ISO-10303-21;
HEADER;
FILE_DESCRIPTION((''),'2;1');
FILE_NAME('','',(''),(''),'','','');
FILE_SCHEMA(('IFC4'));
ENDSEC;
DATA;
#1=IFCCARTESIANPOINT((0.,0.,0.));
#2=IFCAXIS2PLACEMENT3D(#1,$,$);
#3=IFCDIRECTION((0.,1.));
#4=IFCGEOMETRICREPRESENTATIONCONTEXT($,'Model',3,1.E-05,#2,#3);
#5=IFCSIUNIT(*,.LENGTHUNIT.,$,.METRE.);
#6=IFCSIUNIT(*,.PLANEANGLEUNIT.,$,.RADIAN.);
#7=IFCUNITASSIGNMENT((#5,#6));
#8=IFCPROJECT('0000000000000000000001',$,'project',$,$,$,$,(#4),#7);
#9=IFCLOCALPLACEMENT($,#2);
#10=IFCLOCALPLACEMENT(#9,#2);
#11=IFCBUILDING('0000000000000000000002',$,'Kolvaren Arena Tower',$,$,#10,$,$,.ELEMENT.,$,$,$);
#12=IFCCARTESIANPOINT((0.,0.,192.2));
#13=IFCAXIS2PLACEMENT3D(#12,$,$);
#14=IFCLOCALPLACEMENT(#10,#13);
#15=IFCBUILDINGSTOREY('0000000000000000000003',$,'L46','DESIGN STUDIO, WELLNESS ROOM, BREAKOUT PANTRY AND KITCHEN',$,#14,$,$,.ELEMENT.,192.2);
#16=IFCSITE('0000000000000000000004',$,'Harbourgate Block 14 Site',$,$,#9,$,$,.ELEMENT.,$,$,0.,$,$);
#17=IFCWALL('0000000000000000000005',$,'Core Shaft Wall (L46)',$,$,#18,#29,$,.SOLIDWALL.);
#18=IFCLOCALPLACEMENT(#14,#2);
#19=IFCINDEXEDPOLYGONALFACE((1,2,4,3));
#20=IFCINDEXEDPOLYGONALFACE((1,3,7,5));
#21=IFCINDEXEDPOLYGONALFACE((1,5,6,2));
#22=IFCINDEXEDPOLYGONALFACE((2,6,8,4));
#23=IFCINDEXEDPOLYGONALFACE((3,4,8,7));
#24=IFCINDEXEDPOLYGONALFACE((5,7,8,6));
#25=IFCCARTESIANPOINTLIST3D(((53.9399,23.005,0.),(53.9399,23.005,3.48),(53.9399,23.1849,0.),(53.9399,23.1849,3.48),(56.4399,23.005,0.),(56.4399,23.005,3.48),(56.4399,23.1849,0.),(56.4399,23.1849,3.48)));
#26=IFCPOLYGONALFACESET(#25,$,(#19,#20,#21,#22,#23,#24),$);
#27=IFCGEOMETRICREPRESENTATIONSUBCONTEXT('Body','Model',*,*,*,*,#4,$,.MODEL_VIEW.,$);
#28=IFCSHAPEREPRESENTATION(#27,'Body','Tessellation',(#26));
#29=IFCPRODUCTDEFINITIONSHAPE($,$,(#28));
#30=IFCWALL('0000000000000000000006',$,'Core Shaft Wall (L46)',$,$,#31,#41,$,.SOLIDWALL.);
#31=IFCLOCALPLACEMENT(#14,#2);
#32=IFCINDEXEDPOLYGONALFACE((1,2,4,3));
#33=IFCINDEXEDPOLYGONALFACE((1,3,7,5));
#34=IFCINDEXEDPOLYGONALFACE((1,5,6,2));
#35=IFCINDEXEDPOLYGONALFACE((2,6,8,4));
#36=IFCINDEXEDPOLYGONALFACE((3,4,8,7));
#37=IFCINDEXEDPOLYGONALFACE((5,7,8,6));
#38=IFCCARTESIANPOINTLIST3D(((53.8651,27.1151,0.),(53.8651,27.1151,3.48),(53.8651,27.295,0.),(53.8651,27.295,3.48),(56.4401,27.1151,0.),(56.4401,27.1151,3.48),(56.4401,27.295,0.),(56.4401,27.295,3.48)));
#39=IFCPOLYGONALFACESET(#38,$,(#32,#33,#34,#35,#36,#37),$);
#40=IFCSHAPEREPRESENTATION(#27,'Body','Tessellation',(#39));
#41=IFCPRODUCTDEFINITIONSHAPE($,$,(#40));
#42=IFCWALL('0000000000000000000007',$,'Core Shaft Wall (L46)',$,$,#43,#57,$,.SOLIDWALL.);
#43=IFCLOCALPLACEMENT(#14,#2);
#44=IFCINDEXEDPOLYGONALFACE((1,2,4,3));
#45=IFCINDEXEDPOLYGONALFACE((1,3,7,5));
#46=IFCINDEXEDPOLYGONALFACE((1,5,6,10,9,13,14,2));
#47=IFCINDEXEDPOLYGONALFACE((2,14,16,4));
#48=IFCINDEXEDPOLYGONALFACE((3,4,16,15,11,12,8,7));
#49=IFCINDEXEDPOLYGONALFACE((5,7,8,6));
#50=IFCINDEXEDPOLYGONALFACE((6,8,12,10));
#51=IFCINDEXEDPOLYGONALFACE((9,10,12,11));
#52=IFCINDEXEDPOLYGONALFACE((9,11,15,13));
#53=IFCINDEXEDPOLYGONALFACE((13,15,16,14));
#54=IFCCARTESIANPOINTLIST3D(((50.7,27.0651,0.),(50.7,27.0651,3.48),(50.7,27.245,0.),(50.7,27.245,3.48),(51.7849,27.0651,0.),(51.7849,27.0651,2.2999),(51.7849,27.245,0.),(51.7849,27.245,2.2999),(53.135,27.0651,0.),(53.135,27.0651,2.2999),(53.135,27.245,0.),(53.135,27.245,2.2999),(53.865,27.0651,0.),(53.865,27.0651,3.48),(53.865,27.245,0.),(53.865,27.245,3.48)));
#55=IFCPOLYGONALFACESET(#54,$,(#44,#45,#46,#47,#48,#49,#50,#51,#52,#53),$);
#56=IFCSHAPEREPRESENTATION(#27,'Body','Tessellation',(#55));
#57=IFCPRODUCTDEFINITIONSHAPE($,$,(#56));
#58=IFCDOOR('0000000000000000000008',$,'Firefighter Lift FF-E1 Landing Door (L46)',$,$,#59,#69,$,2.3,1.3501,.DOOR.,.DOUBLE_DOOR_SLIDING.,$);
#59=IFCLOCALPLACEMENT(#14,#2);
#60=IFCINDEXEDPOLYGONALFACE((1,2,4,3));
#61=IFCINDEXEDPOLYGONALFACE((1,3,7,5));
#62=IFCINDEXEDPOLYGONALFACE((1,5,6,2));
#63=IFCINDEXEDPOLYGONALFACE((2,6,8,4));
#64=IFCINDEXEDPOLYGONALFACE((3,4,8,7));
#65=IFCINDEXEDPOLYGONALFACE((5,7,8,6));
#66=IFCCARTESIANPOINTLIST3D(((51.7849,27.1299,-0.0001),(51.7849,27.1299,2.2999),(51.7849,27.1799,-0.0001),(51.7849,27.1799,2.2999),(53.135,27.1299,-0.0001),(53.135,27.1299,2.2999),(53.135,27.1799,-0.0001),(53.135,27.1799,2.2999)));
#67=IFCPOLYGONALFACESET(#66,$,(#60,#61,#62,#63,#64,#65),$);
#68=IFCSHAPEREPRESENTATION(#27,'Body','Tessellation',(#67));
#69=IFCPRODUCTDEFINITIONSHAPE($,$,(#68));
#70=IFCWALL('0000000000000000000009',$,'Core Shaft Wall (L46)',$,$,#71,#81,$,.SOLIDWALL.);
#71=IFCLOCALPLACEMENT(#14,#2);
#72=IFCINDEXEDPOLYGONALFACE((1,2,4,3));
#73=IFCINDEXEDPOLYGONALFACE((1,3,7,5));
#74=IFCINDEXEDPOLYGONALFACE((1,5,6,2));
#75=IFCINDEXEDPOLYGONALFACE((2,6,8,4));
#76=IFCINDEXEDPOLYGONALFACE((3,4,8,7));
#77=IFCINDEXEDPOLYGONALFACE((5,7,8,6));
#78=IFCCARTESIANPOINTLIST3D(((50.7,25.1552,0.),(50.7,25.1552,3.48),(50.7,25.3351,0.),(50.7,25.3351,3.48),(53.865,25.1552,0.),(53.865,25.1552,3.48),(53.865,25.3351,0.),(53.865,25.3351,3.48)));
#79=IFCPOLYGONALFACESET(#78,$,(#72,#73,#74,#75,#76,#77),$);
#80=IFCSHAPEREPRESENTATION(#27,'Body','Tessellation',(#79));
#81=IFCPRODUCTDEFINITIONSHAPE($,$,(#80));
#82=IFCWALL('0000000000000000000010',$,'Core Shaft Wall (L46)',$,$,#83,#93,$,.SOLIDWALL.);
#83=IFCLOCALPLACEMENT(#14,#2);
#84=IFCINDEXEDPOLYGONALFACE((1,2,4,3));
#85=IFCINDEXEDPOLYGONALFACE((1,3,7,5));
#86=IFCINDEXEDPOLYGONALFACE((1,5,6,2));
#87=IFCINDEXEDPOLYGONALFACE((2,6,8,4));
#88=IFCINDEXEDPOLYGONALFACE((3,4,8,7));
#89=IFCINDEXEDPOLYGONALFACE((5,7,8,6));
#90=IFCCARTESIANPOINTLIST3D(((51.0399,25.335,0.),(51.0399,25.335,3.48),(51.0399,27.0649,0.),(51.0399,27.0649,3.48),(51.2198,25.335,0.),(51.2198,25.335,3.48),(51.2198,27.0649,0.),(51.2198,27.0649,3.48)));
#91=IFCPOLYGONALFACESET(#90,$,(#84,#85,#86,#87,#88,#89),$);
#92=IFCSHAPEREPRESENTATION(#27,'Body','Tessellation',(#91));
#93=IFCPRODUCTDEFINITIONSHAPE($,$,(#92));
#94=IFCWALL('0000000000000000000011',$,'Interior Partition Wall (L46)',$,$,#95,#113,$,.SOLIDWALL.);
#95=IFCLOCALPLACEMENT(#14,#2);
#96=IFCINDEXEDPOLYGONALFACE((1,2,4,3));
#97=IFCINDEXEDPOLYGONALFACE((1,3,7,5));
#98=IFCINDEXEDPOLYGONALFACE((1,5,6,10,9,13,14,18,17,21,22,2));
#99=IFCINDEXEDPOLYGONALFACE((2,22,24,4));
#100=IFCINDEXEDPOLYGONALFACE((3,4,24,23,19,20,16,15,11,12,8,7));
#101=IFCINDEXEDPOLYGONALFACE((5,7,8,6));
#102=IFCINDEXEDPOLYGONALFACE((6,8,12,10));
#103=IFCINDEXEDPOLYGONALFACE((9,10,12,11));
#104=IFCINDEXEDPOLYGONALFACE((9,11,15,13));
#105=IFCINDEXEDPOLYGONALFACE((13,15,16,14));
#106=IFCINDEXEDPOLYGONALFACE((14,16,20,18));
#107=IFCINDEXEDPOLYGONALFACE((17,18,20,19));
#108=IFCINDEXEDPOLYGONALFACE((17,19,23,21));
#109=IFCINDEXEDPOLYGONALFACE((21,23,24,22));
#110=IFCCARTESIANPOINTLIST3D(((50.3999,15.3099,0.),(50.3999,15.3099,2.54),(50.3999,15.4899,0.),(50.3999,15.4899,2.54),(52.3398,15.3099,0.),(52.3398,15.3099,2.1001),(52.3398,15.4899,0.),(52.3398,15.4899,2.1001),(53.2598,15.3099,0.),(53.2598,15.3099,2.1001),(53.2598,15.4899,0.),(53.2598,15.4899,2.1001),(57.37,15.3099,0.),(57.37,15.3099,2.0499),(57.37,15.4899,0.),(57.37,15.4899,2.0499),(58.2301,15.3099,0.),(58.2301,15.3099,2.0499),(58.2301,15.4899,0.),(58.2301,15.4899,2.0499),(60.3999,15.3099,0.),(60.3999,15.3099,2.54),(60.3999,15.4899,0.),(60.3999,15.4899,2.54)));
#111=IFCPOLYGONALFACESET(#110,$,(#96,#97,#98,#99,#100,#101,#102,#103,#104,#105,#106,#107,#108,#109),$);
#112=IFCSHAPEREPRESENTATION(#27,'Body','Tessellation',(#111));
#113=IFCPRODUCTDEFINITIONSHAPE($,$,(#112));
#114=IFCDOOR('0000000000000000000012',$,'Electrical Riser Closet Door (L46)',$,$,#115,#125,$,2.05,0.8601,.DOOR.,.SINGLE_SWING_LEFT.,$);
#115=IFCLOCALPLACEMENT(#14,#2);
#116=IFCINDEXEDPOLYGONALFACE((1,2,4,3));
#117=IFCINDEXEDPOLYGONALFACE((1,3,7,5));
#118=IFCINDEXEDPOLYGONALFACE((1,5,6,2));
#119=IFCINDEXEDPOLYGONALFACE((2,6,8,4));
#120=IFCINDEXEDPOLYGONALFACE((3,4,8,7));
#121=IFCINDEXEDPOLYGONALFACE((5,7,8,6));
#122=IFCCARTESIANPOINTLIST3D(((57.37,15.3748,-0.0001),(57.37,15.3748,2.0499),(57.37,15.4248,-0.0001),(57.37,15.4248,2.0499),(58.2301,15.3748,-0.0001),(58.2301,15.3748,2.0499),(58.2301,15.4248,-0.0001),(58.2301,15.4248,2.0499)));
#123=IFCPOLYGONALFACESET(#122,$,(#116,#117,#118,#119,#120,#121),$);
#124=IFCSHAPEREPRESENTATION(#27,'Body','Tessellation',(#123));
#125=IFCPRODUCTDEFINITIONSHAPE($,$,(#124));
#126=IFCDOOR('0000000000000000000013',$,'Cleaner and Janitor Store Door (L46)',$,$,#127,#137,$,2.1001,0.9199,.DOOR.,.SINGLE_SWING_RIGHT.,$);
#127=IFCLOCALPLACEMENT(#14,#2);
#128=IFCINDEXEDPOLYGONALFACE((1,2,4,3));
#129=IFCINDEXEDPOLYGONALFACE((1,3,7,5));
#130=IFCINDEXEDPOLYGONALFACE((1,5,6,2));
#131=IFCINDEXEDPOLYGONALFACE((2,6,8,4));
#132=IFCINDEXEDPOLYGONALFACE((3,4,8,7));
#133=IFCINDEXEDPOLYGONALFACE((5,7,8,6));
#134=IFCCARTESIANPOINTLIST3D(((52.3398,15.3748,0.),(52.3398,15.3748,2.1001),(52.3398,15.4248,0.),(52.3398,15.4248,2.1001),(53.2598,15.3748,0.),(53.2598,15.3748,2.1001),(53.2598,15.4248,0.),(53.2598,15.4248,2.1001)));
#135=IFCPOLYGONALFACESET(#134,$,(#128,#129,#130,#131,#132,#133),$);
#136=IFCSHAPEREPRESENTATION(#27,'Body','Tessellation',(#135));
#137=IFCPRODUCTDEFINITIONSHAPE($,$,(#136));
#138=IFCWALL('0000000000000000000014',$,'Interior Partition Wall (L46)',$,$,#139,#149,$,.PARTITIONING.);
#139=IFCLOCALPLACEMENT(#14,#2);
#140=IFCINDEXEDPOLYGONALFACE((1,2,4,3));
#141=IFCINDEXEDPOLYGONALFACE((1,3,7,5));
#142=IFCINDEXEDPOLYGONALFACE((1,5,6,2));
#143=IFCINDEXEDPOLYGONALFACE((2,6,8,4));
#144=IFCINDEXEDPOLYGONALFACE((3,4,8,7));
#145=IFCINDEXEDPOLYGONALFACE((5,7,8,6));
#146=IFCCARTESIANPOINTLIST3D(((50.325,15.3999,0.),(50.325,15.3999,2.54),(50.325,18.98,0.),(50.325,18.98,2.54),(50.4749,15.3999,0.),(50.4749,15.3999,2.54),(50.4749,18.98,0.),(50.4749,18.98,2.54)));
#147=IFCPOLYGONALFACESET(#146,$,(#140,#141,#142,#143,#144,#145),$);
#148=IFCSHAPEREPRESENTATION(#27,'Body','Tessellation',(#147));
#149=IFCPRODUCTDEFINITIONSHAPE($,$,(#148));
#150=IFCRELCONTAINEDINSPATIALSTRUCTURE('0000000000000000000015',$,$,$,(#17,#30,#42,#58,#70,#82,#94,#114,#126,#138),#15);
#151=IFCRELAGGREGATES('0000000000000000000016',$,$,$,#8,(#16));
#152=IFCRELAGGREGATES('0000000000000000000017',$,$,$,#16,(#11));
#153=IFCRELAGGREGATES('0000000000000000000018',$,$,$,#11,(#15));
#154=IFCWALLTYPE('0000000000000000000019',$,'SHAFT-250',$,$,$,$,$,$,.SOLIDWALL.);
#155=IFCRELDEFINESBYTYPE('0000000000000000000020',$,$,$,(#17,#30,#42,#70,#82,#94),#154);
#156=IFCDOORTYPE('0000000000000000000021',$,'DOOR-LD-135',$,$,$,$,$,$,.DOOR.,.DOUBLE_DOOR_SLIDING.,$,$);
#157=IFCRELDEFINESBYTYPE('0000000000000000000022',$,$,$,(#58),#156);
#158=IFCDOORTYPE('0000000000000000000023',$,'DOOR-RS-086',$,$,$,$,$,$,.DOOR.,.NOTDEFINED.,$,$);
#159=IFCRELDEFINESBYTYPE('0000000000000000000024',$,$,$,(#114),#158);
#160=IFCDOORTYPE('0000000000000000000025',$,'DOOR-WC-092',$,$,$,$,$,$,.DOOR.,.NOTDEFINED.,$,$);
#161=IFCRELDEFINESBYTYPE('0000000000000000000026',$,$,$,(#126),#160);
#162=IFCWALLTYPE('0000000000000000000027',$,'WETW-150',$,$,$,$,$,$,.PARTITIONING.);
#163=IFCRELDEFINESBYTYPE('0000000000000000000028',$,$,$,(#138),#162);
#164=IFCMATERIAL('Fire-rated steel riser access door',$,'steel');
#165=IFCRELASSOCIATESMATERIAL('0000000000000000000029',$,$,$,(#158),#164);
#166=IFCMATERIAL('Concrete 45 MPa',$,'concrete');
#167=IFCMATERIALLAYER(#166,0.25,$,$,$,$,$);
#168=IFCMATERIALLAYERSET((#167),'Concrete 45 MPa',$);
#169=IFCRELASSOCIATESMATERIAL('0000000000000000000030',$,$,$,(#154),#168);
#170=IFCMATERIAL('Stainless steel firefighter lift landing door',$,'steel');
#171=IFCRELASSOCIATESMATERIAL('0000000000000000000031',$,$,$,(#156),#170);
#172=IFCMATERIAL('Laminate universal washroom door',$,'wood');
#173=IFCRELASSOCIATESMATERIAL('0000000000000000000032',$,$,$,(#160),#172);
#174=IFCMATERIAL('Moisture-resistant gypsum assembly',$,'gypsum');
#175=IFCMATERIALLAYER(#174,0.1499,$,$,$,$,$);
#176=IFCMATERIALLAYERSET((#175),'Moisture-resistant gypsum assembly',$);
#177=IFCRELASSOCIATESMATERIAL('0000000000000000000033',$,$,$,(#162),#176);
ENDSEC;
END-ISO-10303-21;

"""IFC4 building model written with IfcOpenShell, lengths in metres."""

from ifc_helpers import new_model, si_unit, direction, frame, frame_2d, origin, place, context, subcontext, project, spatial, rectangle, extrude, material, layer, layer_set, type_object, element, fill, save


model = new_model("IFC4")

# Units and contexts
model_context = context("Model", 3, precision=1e-05, world=origin(), true_north=direction((0.0, 1.0)))
body_context = subcontext(model_context, "Body", "Model", "MODEL_VIEW")
ifc_project = project(units=[si_unit("LENGTHUNIT", "METRE"), si_unit("PLANEANGLEUNIT", "RADIAN")], contexts=[model_context])

# Site, building, storey
site_placement = place(None, origin())
site = spatial("IfcSite", under=ifc_project, at=site_placement, Name="Harbourgate Block 14 Site", CompositionType="ELEMENT", RefElevation=0.0)
building_placement = place(site_placement, origin())
building = spatial("IfcBuilding", under=site, at=building_placement, Name="Kolvaren Arena Tower", CompositionType="ELEMENT")
storey_placement = place(building_placement, frame((0.0, 0.0, 192.2)))
storey = spatial("IfcBuildingStorey", under=building, at=storey_placement, Name="L46", Description="DESIGN STUDIO, WELLNESS ROOM, BREAKOUT PANTRY AND KITCHEN", CompositionType="ELEMENT", Elevation=192.2)

# Shared definitions
ifc_material_1 = material(Name="Fire-rated steel riser access door", Category="steel")
door_type_1 = type_object("IfcDoorType", Name="DOOR-RS-086", OperationType="NOTDEFINED", PredefinedType="DOOR", material=ifc_material_1)

# Walls
ifc_material_2 = material(Name="Concrete 45 MPa", Category="concrete")
ifc_layer_1 = layer(ifc_material_2, 0.25)
ifc_layer_set_1 = layer_set([ifc_layer_1], Name="Concrete 45 MPa")
wall_type_1 = type_object("IfcWallType", Name="SHAFT-250", PredefinedType="SOLIDWALL", material=ifc_layer_set_1)
wall_1_placement = place(storey_placement, frame((53.9399, 23.095, 0.0), z_axis=(0.0, 0.0, 1.0), x_axis=(1.0, 0.0, 0.0)))
element("IfcWall", 1, at=wall_1_placement, inside=storey, type_object=wall_type_1, Name="Core Shaft Wall (L46)", PredefinedType="SOLIDWALL", context=body_context, shape_type="SweptSolid", body=[
    extrude(rectangle(XDim=2.5, YDim=0.1799, at=frame_2d((1.25, 0.0))), origin(), (0.0, 0.0, 1.0), 3.48),
])
wall_2_placement = place(storey_placement, frame((53.865, 27.2051, 0.0), z_axis=(0.0, 0.0, 1.0), x_axis=(1.0, 0.0, 0.0)))
element("IfcWall", 2, at=wall_2_placement, inside=storey, type_object=wall_type_1, Name="Core Shaft Wall (L46)", PredefinedType="SOLIDWALL", context=body_context, shape_type="SweptSolid", body=[
    extrude(rectangle(XDim=2.575, YDim=0.1799, at=frame_2d((1.2876, 0.0))), origin(), (0.0, 0.0, 1.0), 3.48),
])

# Wall, opening, door
wall_3_placement = place(storey_placement, frame((50.7, 27.155, 0.0), z_axis=(0.0, 0.0, 1.0), x_axis=(1.0, 0.0, 0.0)))
wall_3 = element("IfcWall", 3, at=wall_3_placement, inside=storey, type_object=wall_type_1, Name="Core Shaft Wall (L46)", PredefinedType="SOLIDWALL", context=body_context, shape_type="SweptSolid", body=[
    extrude(rectangle(XDim=3.165, YDim=0.1799, at=frame_2d((1.5825, 0.0))), origin(), (0.0, 0.0, 1.0), 3.48),
])
opening_1_placement = place(wall_3_placement, frame((1.085, 0.0, 0.0)))
opening_1 = element("IfcOpeningElement", 4, at=opening_1_placement, cuts=wall_3, PredefinedType="OPENING", context=body_context, shape_type="SweptSolid", body=[
    extrude(rectangle(XDim=1.3501, YDim=2.3, at=frame_2d((0.675, 1.1499))), frame((0.0, 0.0999, 0.0), z_axis=(0.0, -1.0, 0.0), x_axis=(1.0, 0.0, 0.0)), (0.0, 0.0, 1.0), 0.2),
])
ifc_material_3 = material(Name="Stainless steel firefighter lift landing door", Category="steel")
door_type_2 = type_object("IfcDoorType", Name="DOOR-LD-135", OperationType="DOUBLE_DOOR_SLIDING", PredefinedType="DOOR", material=ifc_material_3)
door_1_placement = place(opening_1_placement, origin())
door_1 = element("IfcDoor", 5, at=door_1_placement, inside=storey, type_object=door_type_2, Name="Firefighter Lift FF-E1 Landing Door (L46)", OperationType="DOUBLE_DOOR_SLIDING", OverallHeight=2.3, OverallWidth=1.3501, PredefinedType="DOOR", context=body_context, shape_type="SweptSolid", body=[
    extrude(rectangle(XDim=1.3501, YDim=2.3, at=frame_2d((0.675, 1.1499))), frame((0.0, 0.0249, 0.0), z_axis=(0.0, -1.0, 0.0), x_axis=(1.0, 0.0, 0.0)), (0.0, 0.0, 1.0), 0.05),
])
fill(opening_1, door_1)

# Walls
wall_4_placement = place(storey_placement, frame((50.7, 25.2451, 0.0), z_axis=(0.0, 0.0, 1.0), x_axis=(1.0, 0.0, 0.0)))
element("IfcWall", 6, at=wall_4_placement, inside=storey, type_object=wall_type_1, Name="Core Shaft Wall (L46)", PredefinedType="SOLIDWALL", context=body_context, shape_type="SweptSolid", body=[
    extrude(rectangle(XDim=3.165, YDim=0.1799, at=frame_2d((1.5825, 0.0))), origin(), (0.0, 0.0, 1.0), 3.48),
])
wall_5_placement = place(storey_placement, frame((51.1299, 25.335, 0.0), z_axis=(0.0, 0.0, 1.0), x_axis=(0.0, 1.0, 0.0)))
element("IfcWall", 7, at=wall_5_placement, inside=storey, type_object=wall_type_1, Name="Core Shaft Wall (L46)", PredefinedType="SOLIDWALL", context=body_context, shape_type="SweptSolid", body=[
    extrude(rectangle(XDim=1.73, YDim=0.1799, at=frame_2d((0.865, 0.0))), origin(), (0.0, 0.0, 1.0), 3.48),
])

# Wall, openings, doors
wall_6_placement = place(storey_placement, frame((50.3999, 15.3999, 0.0), z_axis=(0.0, 0.0, 1.0), x_axis=(1.0, 0.0, 0.0)))
wall_6 = element("IfcWall", 8, at=wall_6_placement, inside=storey, type_object=wall_type_1, Name="Interior Partition Wall (L46)", PredefinedType="SOLIDWALL", context=body_context, shape_type="SweptSolid", body=[
    extrude(rectangle(XDim=10.0, YDim=0.1799, at=frame_2d((5.0, 0.0))), origin(), (0.0, 0.0, 1.0), 2.54),
])
opening_2_placement = place(wall_6_placement, frame((1.9399, 0.0, 0.0)))
opening_2 = element("IfcOpeningElement", 9, at=opening_2_placement, cuts=wall_6, PredefinedType="OPENING", context=body_context, shape_type="SweptSolid", body=[
    extrude(rectangle(XDim=0.9199, YDim=2.1001, at=frame_2d((0.46, 1.05))), frame((0.0, 0.0999, 0.0), z_axis=(0.0, -1.0, 0.0), x_axis=(1.0, 0.0, 0.0)), (0.0, 0.0, 1.0), 0.2),
])
opening_3_placement = place(wall_6_placement, frame((6.97, 0.0, 0.0)))
opening_3 = element("IfcOpeningElement", 10, at=opening_3_placement, cuts=wall_6, PredefinedType="OPENING", context=body_context, shape_type="SweptSolid", body=[
    extrude(rectangle(XDim=0.8601, YDim=2.05, at=frame_2d((0.4302, 1.0249))), frame((0.0, 0.0999, 0.0), z_axis=(0.0, -1.0, 0.0), x_axis=(1.0, 0.0, 0.0)), (0.0, 0.0, 1.0), 0.2),
])
door_2_placement = place(opening_3_placement, origin())
door_2 = element("IfcDoor", 11, at=door_2_placement, inside=storey, type_object=door_type_1, Name="Electrical Riser Closet Door (L46)", OperationType="SINGLE_SWING_LEFT", OverallHeight=2.05, OverallWidth=0.8601, PredefinedType="DOOR", context=body_context, shape_type="SweptSolid", body=[
    extrude(rectangle(XDim=0.8601, YDim=2.05, at=frame_2d((0.4302, 1.0249))), frame((0.0, 0.0249, 0.0), z_axis=(0.0, -1.0, 0.0), x_axis=(1.0, 0.0, 0.0)), (0.0, 0.0, 1.0), 0.05),
])
fill(opening_3, door_2)
ifc_material_4 = material(Name="Laminate universal washroom door", Category="wood")
door_type_3 = type_object("IfcDoorType", Name="DOOR-WC-092", OperationType="NOTDEFINED", PredefinedType="DOOR", material=ifc_material_4)
door_3_placement = place(opening_2_placement, origin())
door_3 = element("IfcDoor", 12, at=door_3_placement, inside=storey, type_object=door_type_3, Name="Cleaner and Janitor Store Door (L46)", OperationType="SINGLE_SWING_RIGHT", OverallHeight=2.1001, OverallWidth=0.9199, PredefinedType="DOOR", context=body_context, shape_type="SweptSolid", body=[
    extrude(rectangle(XDim=0.9199, YDim=2.1001, at=frame_2d((0.46, 1.05))), frame((0.0, 0.0249, 0.0), z_axis=(0.0, -1.0, 0.0), x_axis=(1.0, 0.0, 0.0)), (0.0, 0.0, 1.0), 0.05),
])
fill(opening_2, door_3)

# Wall
ifc_material_5 = material(Name="Moisture-resistant gypsum assembly", Category="gypsum")
ifc_layer_2 = layer(ifc_material_5, 0.1499)
ifc_layer_set_2 = layer_set([ifc_layer_2], Name="Moisture-resistant gypsum assembly")
wall_type_2 = type_object("IfcWallType", Name="WETW-150", PredefinedType="PARTITIONING", material=ifc_layer_set_2)
wall_7_placement = place(storey_placement, frame((50.3999, 15.3999, 0.0), z_axis=(0.0, 0.0, 1.0), x_axis=(0.0, 1.0, 0.0)))
element("IfcWall", 13, at=wall_7_placement, inside=storey, type_object=wall_type_2, Name="Interior Partition Wall (L46)", PredefinedType="PARTITIONING", context=body_context, shape_type="SweptSolid", body=[
    extrude(rectangle(XDim=3.5801, YDim=0.1499, at=frame_2d((1.79, 0.0))), origin(), (0.0, 0.0, 1.0), 2.54),
])

save(model, "model.ifc")
